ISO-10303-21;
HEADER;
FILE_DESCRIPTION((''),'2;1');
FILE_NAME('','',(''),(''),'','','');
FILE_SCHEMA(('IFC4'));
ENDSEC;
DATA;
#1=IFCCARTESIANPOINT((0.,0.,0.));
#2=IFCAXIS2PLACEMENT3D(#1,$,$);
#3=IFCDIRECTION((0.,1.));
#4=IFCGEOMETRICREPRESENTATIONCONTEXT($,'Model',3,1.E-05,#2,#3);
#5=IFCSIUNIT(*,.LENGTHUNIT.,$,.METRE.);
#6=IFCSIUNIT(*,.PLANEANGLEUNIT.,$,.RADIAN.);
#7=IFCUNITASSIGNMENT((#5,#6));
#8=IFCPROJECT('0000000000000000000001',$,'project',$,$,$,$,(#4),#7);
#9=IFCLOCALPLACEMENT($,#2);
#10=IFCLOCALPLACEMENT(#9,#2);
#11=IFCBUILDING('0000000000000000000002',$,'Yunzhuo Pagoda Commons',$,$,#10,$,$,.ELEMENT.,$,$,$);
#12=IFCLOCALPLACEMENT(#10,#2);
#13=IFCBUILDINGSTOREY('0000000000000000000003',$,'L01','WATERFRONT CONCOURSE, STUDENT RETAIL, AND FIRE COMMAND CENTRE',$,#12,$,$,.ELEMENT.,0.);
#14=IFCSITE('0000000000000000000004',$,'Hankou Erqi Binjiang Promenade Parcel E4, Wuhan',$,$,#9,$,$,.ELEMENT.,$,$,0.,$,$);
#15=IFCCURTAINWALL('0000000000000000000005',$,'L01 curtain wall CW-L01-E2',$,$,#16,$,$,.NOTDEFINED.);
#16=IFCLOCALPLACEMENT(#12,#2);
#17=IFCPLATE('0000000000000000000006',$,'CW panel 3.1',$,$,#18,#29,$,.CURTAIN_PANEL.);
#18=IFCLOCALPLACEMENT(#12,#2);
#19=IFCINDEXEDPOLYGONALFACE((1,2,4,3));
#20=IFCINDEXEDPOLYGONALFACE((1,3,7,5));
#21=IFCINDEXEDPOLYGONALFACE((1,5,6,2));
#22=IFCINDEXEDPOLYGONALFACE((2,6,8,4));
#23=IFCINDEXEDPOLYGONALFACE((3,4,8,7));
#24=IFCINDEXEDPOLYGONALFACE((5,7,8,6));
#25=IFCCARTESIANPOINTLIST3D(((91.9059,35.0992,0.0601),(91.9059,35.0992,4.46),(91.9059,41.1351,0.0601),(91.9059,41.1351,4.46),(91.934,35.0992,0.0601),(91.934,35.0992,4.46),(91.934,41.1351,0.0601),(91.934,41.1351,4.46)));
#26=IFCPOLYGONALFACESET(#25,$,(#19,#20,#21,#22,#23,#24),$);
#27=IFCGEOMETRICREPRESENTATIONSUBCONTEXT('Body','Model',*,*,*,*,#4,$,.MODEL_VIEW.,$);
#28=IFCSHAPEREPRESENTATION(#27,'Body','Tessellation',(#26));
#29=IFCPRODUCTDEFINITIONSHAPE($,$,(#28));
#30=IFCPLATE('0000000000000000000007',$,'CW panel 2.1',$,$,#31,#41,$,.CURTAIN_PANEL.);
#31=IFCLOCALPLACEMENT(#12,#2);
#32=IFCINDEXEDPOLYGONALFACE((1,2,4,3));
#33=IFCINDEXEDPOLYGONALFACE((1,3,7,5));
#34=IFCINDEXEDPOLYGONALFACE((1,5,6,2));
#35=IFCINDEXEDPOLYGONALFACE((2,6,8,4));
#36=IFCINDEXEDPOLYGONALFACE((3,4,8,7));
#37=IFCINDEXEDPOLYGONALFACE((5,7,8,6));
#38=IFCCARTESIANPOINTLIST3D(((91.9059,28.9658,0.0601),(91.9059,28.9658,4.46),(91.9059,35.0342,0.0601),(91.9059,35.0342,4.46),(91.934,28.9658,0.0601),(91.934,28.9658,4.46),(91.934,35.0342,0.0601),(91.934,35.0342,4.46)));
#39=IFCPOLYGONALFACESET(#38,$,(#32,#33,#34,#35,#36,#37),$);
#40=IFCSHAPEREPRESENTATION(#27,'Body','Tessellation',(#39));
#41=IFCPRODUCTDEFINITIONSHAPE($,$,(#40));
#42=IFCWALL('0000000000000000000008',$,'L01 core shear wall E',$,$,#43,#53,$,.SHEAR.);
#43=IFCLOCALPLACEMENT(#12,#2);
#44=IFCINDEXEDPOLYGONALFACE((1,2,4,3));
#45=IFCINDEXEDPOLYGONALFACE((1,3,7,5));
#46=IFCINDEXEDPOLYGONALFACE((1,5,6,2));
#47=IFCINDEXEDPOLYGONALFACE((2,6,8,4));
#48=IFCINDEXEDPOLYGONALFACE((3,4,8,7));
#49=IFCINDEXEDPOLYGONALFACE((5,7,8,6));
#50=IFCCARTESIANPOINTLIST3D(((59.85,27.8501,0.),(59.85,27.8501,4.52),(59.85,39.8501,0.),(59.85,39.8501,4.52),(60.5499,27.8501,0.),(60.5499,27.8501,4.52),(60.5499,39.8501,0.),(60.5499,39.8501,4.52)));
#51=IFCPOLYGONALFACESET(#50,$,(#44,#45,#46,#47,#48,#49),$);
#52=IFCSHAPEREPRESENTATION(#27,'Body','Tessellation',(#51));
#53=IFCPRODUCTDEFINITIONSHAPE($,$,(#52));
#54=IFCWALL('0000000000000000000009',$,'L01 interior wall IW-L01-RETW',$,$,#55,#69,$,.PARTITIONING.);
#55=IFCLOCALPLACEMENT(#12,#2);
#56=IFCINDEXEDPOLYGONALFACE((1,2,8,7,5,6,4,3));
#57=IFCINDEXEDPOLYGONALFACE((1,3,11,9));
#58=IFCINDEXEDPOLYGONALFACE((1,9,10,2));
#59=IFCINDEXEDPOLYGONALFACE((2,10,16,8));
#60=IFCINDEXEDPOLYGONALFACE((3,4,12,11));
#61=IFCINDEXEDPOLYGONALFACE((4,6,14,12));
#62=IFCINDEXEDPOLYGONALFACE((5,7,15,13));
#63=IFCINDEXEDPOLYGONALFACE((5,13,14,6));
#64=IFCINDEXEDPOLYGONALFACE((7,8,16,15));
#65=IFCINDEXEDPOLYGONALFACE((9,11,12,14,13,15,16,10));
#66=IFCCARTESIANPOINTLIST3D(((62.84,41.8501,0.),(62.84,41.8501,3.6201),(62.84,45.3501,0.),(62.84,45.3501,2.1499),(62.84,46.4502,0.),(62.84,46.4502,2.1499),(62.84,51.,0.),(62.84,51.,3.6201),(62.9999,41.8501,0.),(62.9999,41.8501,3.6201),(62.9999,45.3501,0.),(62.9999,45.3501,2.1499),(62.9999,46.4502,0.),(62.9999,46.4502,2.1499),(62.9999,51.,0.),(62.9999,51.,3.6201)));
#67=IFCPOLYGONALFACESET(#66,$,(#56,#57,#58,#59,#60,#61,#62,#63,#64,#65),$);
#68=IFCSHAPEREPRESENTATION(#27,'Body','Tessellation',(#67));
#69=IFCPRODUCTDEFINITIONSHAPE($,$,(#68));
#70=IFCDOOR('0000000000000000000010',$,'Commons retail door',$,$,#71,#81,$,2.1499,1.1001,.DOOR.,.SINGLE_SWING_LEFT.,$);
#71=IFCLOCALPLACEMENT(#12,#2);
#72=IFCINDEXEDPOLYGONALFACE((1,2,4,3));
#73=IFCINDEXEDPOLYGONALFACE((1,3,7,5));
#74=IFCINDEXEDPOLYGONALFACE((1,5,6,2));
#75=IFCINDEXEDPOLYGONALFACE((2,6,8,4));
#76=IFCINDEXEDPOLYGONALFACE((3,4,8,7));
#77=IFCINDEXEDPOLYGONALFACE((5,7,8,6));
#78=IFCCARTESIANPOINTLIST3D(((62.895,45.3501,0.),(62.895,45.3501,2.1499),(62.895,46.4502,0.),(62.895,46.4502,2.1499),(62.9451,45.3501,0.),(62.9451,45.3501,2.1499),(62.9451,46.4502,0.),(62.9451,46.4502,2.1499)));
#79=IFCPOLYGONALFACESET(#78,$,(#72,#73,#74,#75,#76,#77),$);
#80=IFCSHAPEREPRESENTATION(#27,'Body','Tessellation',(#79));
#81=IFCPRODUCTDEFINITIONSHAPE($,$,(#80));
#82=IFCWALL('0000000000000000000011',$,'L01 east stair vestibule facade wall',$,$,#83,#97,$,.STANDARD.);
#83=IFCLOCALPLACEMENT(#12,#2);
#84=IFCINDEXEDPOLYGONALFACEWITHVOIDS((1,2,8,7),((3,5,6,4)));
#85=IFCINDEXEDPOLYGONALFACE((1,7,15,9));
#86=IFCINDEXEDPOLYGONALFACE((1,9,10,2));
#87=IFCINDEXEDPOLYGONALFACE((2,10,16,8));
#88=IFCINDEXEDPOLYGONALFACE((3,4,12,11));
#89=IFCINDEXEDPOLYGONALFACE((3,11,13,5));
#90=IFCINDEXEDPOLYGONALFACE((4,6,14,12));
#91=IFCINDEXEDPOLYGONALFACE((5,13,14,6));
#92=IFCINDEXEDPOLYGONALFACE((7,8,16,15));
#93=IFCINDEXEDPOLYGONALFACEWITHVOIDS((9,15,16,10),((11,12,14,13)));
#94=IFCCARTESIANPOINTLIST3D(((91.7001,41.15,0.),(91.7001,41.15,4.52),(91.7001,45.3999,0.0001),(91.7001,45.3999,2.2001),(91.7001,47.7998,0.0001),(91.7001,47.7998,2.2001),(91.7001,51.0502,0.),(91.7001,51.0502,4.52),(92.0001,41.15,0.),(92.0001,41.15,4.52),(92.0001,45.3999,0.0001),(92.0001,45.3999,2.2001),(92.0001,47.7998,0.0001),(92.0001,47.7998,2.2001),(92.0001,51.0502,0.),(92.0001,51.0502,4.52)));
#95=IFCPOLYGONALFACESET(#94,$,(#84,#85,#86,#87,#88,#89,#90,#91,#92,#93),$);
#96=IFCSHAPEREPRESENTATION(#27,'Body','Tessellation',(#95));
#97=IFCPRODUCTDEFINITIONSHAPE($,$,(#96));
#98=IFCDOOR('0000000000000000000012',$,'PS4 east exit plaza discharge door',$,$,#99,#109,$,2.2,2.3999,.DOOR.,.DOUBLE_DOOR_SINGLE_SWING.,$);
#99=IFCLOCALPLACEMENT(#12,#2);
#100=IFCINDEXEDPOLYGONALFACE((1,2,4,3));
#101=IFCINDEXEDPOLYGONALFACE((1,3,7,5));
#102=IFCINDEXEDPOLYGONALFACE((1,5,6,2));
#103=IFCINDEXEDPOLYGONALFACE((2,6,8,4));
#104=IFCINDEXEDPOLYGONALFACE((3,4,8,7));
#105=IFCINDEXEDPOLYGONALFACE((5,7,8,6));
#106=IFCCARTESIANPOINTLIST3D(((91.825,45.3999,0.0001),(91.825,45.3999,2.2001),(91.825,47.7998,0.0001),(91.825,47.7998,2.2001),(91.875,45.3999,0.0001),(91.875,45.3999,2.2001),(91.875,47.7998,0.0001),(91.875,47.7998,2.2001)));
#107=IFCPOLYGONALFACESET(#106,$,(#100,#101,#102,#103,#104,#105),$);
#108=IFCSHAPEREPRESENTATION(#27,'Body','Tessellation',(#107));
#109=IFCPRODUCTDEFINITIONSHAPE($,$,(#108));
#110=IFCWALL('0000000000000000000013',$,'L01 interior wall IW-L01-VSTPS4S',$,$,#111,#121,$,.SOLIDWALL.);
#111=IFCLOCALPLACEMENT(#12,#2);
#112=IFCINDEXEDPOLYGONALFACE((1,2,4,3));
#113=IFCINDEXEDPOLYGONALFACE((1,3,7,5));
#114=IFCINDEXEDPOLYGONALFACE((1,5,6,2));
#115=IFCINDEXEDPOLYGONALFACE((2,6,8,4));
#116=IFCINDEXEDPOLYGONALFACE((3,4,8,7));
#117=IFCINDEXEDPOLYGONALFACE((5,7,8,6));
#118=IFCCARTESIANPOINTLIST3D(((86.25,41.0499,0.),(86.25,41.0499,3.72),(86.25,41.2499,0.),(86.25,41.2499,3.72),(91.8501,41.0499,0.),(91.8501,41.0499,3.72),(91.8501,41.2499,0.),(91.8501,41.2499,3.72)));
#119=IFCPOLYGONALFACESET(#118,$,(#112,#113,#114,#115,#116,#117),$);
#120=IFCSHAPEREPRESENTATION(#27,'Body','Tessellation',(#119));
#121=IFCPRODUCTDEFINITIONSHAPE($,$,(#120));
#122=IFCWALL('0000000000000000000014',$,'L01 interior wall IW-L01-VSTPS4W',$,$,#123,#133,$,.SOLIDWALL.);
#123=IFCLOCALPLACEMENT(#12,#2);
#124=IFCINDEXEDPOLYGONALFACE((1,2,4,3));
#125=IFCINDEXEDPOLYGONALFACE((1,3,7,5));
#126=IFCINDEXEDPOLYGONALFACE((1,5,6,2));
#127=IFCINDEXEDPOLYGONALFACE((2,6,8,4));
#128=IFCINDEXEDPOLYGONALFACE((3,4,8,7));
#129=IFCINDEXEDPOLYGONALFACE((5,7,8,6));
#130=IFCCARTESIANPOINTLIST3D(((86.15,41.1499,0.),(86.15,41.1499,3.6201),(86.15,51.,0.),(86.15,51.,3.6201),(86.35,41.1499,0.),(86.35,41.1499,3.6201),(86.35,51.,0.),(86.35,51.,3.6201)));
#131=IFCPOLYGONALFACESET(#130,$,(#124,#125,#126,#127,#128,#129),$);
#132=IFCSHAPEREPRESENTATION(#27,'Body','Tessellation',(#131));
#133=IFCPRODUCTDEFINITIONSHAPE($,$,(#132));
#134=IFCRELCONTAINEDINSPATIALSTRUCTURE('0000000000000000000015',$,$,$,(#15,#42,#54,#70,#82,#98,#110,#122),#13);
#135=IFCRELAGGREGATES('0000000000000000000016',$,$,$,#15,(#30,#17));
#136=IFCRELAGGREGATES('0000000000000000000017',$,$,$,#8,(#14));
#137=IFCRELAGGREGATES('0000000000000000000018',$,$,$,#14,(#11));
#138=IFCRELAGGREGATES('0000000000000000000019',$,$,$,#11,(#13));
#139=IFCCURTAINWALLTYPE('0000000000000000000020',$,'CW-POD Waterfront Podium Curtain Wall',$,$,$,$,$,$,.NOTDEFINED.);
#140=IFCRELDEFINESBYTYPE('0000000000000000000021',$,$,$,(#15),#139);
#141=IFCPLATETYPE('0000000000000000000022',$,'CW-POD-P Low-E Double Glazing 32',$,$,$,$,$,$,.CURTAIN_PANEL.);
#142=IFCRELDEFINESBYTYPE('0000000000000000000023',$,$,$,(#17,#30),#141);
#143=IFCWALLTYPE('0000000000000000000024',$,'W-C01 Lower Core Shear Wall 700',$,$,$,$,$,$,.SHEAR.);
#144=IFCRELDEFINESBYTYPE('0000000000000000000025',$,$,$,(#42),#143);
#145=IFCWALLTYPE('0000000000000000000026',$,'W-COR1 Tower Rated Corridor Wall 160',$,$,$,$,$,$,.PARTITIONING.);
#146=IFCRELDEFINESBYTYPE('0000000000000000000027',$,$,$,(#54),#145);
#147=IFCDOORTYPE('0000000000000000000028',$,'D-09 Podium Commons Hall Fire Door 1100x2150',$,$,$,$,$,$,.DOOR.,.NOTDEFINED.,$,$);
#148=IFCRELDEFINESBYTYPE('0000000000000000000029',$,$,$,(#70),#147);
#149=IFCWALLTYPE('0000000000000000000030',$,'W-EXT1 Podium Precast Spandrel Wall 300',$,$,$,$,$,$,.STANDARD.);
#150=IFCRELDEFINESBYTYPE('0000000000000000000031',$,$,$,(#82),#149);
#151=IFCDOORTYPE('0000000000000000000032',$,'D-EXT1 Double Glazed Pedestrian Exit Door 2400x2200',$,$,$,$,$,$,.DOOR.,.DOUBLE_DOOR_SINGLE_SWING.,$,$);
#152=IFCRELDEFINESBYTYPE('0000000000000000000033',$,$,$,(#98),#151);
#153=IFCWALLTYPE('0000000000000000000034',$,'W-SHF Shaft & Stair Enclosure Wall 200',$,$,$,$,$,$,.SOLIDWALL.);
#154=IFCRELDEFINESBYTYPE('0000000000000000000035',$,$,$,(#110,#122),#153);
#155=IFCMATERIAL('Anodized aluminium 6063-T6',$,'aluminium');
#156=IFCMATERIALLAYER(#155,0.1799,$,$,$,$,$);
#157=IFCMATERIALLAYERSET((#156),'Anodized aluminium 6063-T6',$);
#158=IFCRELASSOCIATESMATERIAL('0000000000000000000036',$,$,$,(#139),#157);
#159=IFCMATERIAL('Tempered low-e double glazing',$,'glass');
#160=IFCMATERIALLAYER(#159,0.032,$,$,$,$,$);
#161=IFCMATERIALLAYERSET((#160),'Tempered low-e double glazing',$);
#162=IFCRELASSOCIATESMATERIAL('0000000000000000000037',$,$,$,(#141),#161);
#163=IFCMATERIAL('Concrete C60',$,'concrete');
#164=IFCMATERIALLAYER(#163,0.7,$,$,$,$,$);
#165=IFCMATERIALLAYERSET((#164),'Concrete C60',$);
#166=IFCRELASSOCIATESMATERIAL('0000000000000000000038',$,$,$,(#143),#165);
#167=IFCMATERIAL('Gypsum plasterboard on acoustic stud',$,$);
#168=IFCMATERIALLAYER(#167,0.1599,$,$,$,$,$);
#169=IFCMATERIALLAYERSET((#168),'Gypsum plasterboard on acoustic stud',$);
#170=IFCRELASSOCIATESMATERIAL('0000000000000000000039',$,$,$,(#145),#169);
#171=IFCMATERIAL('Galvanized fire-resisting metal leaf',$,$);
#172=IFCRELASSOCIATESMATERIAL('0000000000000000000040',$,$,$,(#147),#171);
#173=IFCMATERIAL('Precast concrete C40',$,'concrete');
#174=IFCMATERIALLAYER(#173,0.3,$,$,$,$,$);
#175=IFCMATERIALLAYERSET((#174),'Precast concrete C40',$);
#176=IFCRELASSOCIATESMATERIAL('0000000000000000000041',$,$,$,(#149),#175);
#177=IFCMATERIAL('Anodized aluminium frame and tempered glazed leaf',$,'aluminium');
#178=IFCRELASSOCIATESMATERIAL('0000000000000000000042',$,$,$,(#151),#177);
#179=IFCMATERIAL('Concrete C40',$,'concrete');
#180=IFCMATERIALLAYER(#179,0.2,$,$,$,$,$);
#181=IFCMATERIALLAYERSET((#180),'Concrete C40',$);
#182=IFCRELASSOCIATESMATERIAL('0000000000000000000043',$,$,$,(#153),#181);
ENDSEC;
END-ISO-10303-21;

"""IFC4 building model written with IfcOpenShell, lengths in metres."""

from ifc_helpers import new_model, si_unit, direction, frame, frame_2d, origin, origin_with_axes, origin_2d, place, context, subcontext, project, spatial, rectangle, extrude, source, transform, mapped, material, layer, layer_set, type_object, element, fill, aggregate, save


model = new_model("IFC4")

# Units and contexts
model_context = context("Model", 3, precision=1e-05, world=origin(), true_north=direction((0.0, 1.0)))
body_context = subcontext(model_context, "Body", "Model", "MODEL_VIEW")
ifc_project = project(units=[si_unit("LENGTHUNIT", "METRE"), si_unit("PLANEANGLEUNIT", "RADIAN")], contexts=[model_context])

# Site, building, storey
site_placement = place(None, origin())
site = spatial("IfcSite", under=ifc_project, at=site_placement, Name="Hankou Erqi Binjiang Promenade Parcel E4, Wuhan", CompositionType="ELEMENT", RefElevation=0.0)
building_placement = place(site_placement, origin())
building = spatial("IfcBuilding", under=site, at=building_placement, Name="Yunzhuo Pagoda Commons", CompositionType="ELEMENT")
storey_placement = place(building_placement, origin())
storey = spatial("IfcBuildingStorey", under=building, at=storey_placement, Name="L01", Description="WATERFRONT CONCOURSE, STUDENT RETAIL, AND FIRE COMMAND CENTRE", CompositionType="ELEMENT", Elevation=0.0)

# Curtain wall, plates
ifc_material_1 = material(Name="Anodized aluminium 6063-T6", Category="aluminium")
ifc_layer_1 = layer(ifc_material_1, 0.1799)
ifc_layer_set_1 = layer_set([ifc_layer_1], Name="Anodized aluminium 6063-T6")
curtain_wall_type = type_object("IfcCurtainWallType", Name="CW-POD Waterfront Podium Curtain Wall", PredefinedType="NOTDEFINED", material=ifc_layer_set_1)
curtain_wall_placement = place(storey_placement, origin())
curtain_wall = element("IfcCurtainWall", 1, at=curtain_wall_placement, inside=storey, type_object=curtain_wall_type, Name="L01 curtain wall CW-L01-E2", PredefinedType="NOTDEFINED")
ifc_material_2 = material(Name="Tempered low-e double glazing", Category="glass")
ifc_layer_2 = layer(ifc_material_2, 0.032)
ifc_layer_set_2 = layer_set([ifc_layer_2], Name="Tempered low-e double glazing")
plate_type = type_object("IfcPlateType", Name="CW-POD-P Low-E Double Glazing 32", PredefinedType="CURTAIN_PANEL", material=ifc_layer_set_2)
shared_shape_1 = source(origin(), body_context, "Body", "SweptSolid", [
    extrude(rectangle(XDim=6.0359, YDim=0.0281, at=origin_2d()), origin(), (0.0, 0.0, 1.0), 4.3999),
])
plate_1_placement = place(storey_placement, frame((91.9199, 38.1172, 0.0601), z_axis=(0.0, 0.0, 1.0), x_axis=(0.0, 1.0, 0.0)))
plate_1 = element("IfcPlate", 2, at=plate_1_placement, type_object=plate_type, Name="CW panel 3.1", PredefinedType="CURTAIN_PANEL", context=body_context, shape_type="MappedRepresentation", body=[
    mapped(shared_shape_1, transform((0.0, 0.0, 0.0), scale=1.0)),
])
shared_shape_2 = source(origin(), body_context, "Body", "SweptSolid", [
    extrude(rectangle(XDim=6.0684, YDim=0.0281, at=origin_2d()), origin(), (0.0, 0.0, 1.0), 4.3999),
])
plate_2_placement = place(storey_placement, frame((91.9199, 32.0, 0.0601), z_axis=(0.0, 0.0, 1.0), x_axis=(0.0, 1.0, 0.0)))
plate_2 = element("IfcPlate", 3, at=plate_2_placement, type_object=plate_type, Name="CW panel 2.1", PredefinedType="CURTAIN_PANEL", context=body_context, shape_type="MappedRepresentation", body=[
    mapped(shared_shape_2, transform((0.0, 0.0, 0.0), scale=1.0)),
])
aggregate(curtain_wall, [plate_2, plate_1])

# Wall
ifc_material_3 = material(Name="Concrete C60", Category="concrete")
ifc_layer_3 = layer(ifc_material_3, 0.7)
ifc_layer_set_3 = layer_set([ifc_layer_3], Name="Concrete C60")
wall_type_1 = type_object("IfcWallType", Name="W-C01 Lower Core Shear Wall 700", PredefinedType="SHEAR", material=ifc_layer_set_3)
wall_1_placement = place(storey_placement, frame((60.2, 27.8501, 0.0), z_axis=(0.0, 0.0, 1.0), x_axis=(0.0, 1.0, 0.0)))
element("IfcWall", 4, at=wall_1_placement, inside=storey, type_object=wall_type_1, Name="L01 core shear wall E", PredefinedType="SHEAR", context=body_context, shape_type="SweptSolid", body=[
    extrude(rectangle(XDim=12.0, YDim=0.7, at=frame_2d((6.0, 0.0))), origin(), (0.0, 0.0, 1.0), 4.52),
])

# Walls, openings, doors
ifc_material_4 = material(Name="Gypsum plasterboard on acoustic stud")
ifc_layer_4 = layer(ifc_material_4, 0.1599)
ifc_layer_set_4 = layer_set([ifc_layer_4], Name="Gypsum plasterboard on acoustic stud")
wall_type_2 = type_object("IfcWallType", Name="W-COR1 Tower Rated Corridor Wall 160", PredefinedType="PARTITIONING", material=ifc_layer_set_4)
wall_2_placement = place(storey_placement, frame((62.9199, 41.8501, 0.0), z_axis=(0.0, 0.0, 1.0), x_axis=(0.0, 1.0, 0.0)))
wall_2 = element("IfcWall", 5, at=wall_2_placement, inside=storey, type_object=wall_type_2, Name="L01 interior wall IW-L01-RETW", PredefinedType="PARTITIONING", context=body_context, shape_type="SweptSolid", body=[
    extrude(rectangle(XDim=9.1499, YDim=0.1599, at=frame_2d((4.575, 0.0))), origin(), (0.0, 0.0, 1.0), 3.6201),
])
opening_1_placement = place(wall_2_placement, frame((3.5, 0.0, 0.0)))
opening_1 = element("IfcOpeningElement", 6, at=opening_1_placement, cuts=wall_2, PredefinedType="OPENING", context=body_context, shape_type="SweptSolid", body=[
    extrude(rectangle(XDim=1.1001, YDim=2.1499, at=frame_2d((0.55, 1.075))), frame((0.0, 0.0898, 0.0), z_axis=(0.0, -1.0, 0.0), x_axis=(1.0, 0.0, 0.0)), (0.0, 0.0, 1.0), 0.1799),
])
ifc_material_5 = material(Name="Galvanized fire-resisting metal leaf")
door_type_1 = type_object("IfcDoorType", Name="D-09 Podium Commons Hall Fire Door 1100x2150", OperationType="NOTDEFINED", PredefinedType="DOOR", material=ifc_material_5)
shared_shape_3 = source(origin(), body_context, "Body", "SweptSolid", [
    extrude(rectangle(XDim=1.1001, YDim=2.1499, at=frame_2d((0.55, 1.075))), frame((0.0, 0.0249, 0.0), z_axis=(0.0, -1.0, 0.0), x_axis=(1.0, 0.0, 0.0)), (0.0, 0.0, 1.0), 0.05),
])
door_1_placement = place(opening_1_placement, origin_with_axes())
door_1 = element("IfcDoor", 7, at=door_1_placement, inside=storey, type_object=door_type_1, Name="Commons retail door", OperationType="SINGLE_SWING_LEFT", OverallHeight=2.1499, OverallWidth=1.1001, PredefinedType="DOOR", context=body_context, shape_type="MappedRepresentation", body=[
    mapped(shared_shape_3, transform((0.0, 0.0, 0.0), scale=1.0)),
])
fill(opening_1, door_1)
ifc_material_6 = material(Name="Precast concrete C40", Category="concrete")
ifc_layer_5 = layer(ifc_material_6, 0.3)
ifc_layer_set_5 = layer_set([ifc_layer_5], Name="Precast concrete C40")
wall_type_3 = type_object("IfcWallType", Name="W-EXT1 Podium Precast Spandrel Wall 300", PredefinedType="STANDARD", material=ifc_layer_set_5)
wall_3_placement = place(storey_placement, frame((91.8501, 41.1499, 0.0), z_axis=(0.0, 0.0, 1.0), x_axis=(0.0, 1.0, 0.0)))
wall_3 = element("IfcWall", 8, at=wall_3_placement, inside=storey, type_object=wall_type_3, Name="L01 east stair vestibule facade wall", PredefinedType="STANDARD", context=body_context, shape_type="SweptSolid", body=[
    extrude(rectangle(XDim=9.9001, YDim=0.3, at=frame_2d((4.9502, 0.0))), origin(), (0.0, 0.0, 1.0), 4.52),
])
opening_2_placement = place(wall_3_placement, frame((4.25, 0.0, 0.0)))
opening_2 = element("IfcOpeningElement", 9, at=opening_2_placement, cuts=wall_3, PredefinedType="OPENING", context=body_context, shape_type="SweptSolid", body=[
    extrude(rectangle(XDim=2.3999, YDim=2.2, at=frame_2d((1.2, 1.1001))), frame((0.0, 0.1602, 0.0), z_axis=(0.0, -1.0, 0.0), x_axis=(1.0, 0.0, 0.0)), (0.0, 0.0, 1.0), 0.3201),
])
ifc_material_7 = material(Name="Anodized aluminium frame and tempered glazed leaf", Category="aluminium")
door_type_2 = type_object("IfcDoorType", Name="D-EXT1 Double Glazed Pedestrian Exit Door 2400x2200", OperationType="DOUBLE_DOOR_SINGLE_SWING", PredefinedType="DOOR", material=ifc_material_7)
shared_shape_4 = source(origin(), body_context, "Body", "SweptSolid", [
    extrude(rectangle(XDim=2.3999, YDim=2.2, at=frame_2d((1.2, 1.1001))), frame((0.0, 0.0249, 0.0), z_axis=(0.0, -1.0, 0.0), x_axis=(1.0, 0.0, 0.0)), (0.0, 0.0, 1.0), 0.05),
])
door_2_placement = place(opening_2_placement, frame((2.3999, 0.0, 0.0), z_axis=(0.0, 0.0, 1.0), x_axis=(-1.0, 0.0, 0.0)))
door_2 = element("IfcDoor", 10, at=door_2_placement, inside=storey, type_object=door_type_2, Name="PS4 east exit plaza discharge door", OperationType="DOUBLE_DOOR_SINGLE_SWING", OverallHeight=2.2, OverallWidth=2.3999, PredefinedType="DOOR", context=body_context, shape_type="MappedRepresentation", body=[
    mapped(shared_shape_4, transform((0.0, 0.0, 0.0), scale=1.0)),
])
fill(opening_2, door_2)

# Walls
ifc_material_8 = material(Name="Concrete C40", Category="concrete")
ifc_layer_6 = layer(ifc_material_8, 0.2)
ifc_layer_set_6 = layer_set([ifc_layer_6], Name="Concrete C40")
wall_type_4 = type_object("IfcWallType", Name="W-SHF Shaft & Stair Enclosure Wall 200", PredefinedType="SOLIDWALL", material=ifc_layer_set_6)
wall_4_placement = place(storey_placement, frame((86.25, 41.1499, 0.0), z_axis=(0.0, 0.0, 1.0), x_axis=(1.0, 0.0, 0.0)))
element("IfcWall", 11, at=wall_4_placement, inside=storey, type_object=wall_type_4, Name="L01 interior wall IW-L01-VSTPS4S", PredefinedType="SOLIDWALL", context=body_context, shape_type="SweptSolid", body=[
    extrude(rectangle(XDim=5.6001, YDim=0.2, at=frame_2d((2.8, 0.0))), origin(), (0.0, 0.0, 1.0), 3.72),
])
wall_5_placement = place(storey_placement, frame((86.25, 41.1499, 0.0), z_axis=(0.0, 0.0, 1.0), x_axis=(0.0, 1.0, 0.0)))
element("IfcWall", 12, at=wall_5_placement, inside=storey, type_object=wall_type_4, Name="L01 interior wall IW-L01-VSTPS4W", PredefinedType="SOLIDWALL", context=body_context, shape_type="SweptSolid", body=[
    extrude(rectangle(XDim=9.8501, YDim=0.2, at=frame_2d((4.925, 0.0))), origin(), (0.0, 0.0, 1.0), 3.6201),
])

save(model, "model.ifc")
